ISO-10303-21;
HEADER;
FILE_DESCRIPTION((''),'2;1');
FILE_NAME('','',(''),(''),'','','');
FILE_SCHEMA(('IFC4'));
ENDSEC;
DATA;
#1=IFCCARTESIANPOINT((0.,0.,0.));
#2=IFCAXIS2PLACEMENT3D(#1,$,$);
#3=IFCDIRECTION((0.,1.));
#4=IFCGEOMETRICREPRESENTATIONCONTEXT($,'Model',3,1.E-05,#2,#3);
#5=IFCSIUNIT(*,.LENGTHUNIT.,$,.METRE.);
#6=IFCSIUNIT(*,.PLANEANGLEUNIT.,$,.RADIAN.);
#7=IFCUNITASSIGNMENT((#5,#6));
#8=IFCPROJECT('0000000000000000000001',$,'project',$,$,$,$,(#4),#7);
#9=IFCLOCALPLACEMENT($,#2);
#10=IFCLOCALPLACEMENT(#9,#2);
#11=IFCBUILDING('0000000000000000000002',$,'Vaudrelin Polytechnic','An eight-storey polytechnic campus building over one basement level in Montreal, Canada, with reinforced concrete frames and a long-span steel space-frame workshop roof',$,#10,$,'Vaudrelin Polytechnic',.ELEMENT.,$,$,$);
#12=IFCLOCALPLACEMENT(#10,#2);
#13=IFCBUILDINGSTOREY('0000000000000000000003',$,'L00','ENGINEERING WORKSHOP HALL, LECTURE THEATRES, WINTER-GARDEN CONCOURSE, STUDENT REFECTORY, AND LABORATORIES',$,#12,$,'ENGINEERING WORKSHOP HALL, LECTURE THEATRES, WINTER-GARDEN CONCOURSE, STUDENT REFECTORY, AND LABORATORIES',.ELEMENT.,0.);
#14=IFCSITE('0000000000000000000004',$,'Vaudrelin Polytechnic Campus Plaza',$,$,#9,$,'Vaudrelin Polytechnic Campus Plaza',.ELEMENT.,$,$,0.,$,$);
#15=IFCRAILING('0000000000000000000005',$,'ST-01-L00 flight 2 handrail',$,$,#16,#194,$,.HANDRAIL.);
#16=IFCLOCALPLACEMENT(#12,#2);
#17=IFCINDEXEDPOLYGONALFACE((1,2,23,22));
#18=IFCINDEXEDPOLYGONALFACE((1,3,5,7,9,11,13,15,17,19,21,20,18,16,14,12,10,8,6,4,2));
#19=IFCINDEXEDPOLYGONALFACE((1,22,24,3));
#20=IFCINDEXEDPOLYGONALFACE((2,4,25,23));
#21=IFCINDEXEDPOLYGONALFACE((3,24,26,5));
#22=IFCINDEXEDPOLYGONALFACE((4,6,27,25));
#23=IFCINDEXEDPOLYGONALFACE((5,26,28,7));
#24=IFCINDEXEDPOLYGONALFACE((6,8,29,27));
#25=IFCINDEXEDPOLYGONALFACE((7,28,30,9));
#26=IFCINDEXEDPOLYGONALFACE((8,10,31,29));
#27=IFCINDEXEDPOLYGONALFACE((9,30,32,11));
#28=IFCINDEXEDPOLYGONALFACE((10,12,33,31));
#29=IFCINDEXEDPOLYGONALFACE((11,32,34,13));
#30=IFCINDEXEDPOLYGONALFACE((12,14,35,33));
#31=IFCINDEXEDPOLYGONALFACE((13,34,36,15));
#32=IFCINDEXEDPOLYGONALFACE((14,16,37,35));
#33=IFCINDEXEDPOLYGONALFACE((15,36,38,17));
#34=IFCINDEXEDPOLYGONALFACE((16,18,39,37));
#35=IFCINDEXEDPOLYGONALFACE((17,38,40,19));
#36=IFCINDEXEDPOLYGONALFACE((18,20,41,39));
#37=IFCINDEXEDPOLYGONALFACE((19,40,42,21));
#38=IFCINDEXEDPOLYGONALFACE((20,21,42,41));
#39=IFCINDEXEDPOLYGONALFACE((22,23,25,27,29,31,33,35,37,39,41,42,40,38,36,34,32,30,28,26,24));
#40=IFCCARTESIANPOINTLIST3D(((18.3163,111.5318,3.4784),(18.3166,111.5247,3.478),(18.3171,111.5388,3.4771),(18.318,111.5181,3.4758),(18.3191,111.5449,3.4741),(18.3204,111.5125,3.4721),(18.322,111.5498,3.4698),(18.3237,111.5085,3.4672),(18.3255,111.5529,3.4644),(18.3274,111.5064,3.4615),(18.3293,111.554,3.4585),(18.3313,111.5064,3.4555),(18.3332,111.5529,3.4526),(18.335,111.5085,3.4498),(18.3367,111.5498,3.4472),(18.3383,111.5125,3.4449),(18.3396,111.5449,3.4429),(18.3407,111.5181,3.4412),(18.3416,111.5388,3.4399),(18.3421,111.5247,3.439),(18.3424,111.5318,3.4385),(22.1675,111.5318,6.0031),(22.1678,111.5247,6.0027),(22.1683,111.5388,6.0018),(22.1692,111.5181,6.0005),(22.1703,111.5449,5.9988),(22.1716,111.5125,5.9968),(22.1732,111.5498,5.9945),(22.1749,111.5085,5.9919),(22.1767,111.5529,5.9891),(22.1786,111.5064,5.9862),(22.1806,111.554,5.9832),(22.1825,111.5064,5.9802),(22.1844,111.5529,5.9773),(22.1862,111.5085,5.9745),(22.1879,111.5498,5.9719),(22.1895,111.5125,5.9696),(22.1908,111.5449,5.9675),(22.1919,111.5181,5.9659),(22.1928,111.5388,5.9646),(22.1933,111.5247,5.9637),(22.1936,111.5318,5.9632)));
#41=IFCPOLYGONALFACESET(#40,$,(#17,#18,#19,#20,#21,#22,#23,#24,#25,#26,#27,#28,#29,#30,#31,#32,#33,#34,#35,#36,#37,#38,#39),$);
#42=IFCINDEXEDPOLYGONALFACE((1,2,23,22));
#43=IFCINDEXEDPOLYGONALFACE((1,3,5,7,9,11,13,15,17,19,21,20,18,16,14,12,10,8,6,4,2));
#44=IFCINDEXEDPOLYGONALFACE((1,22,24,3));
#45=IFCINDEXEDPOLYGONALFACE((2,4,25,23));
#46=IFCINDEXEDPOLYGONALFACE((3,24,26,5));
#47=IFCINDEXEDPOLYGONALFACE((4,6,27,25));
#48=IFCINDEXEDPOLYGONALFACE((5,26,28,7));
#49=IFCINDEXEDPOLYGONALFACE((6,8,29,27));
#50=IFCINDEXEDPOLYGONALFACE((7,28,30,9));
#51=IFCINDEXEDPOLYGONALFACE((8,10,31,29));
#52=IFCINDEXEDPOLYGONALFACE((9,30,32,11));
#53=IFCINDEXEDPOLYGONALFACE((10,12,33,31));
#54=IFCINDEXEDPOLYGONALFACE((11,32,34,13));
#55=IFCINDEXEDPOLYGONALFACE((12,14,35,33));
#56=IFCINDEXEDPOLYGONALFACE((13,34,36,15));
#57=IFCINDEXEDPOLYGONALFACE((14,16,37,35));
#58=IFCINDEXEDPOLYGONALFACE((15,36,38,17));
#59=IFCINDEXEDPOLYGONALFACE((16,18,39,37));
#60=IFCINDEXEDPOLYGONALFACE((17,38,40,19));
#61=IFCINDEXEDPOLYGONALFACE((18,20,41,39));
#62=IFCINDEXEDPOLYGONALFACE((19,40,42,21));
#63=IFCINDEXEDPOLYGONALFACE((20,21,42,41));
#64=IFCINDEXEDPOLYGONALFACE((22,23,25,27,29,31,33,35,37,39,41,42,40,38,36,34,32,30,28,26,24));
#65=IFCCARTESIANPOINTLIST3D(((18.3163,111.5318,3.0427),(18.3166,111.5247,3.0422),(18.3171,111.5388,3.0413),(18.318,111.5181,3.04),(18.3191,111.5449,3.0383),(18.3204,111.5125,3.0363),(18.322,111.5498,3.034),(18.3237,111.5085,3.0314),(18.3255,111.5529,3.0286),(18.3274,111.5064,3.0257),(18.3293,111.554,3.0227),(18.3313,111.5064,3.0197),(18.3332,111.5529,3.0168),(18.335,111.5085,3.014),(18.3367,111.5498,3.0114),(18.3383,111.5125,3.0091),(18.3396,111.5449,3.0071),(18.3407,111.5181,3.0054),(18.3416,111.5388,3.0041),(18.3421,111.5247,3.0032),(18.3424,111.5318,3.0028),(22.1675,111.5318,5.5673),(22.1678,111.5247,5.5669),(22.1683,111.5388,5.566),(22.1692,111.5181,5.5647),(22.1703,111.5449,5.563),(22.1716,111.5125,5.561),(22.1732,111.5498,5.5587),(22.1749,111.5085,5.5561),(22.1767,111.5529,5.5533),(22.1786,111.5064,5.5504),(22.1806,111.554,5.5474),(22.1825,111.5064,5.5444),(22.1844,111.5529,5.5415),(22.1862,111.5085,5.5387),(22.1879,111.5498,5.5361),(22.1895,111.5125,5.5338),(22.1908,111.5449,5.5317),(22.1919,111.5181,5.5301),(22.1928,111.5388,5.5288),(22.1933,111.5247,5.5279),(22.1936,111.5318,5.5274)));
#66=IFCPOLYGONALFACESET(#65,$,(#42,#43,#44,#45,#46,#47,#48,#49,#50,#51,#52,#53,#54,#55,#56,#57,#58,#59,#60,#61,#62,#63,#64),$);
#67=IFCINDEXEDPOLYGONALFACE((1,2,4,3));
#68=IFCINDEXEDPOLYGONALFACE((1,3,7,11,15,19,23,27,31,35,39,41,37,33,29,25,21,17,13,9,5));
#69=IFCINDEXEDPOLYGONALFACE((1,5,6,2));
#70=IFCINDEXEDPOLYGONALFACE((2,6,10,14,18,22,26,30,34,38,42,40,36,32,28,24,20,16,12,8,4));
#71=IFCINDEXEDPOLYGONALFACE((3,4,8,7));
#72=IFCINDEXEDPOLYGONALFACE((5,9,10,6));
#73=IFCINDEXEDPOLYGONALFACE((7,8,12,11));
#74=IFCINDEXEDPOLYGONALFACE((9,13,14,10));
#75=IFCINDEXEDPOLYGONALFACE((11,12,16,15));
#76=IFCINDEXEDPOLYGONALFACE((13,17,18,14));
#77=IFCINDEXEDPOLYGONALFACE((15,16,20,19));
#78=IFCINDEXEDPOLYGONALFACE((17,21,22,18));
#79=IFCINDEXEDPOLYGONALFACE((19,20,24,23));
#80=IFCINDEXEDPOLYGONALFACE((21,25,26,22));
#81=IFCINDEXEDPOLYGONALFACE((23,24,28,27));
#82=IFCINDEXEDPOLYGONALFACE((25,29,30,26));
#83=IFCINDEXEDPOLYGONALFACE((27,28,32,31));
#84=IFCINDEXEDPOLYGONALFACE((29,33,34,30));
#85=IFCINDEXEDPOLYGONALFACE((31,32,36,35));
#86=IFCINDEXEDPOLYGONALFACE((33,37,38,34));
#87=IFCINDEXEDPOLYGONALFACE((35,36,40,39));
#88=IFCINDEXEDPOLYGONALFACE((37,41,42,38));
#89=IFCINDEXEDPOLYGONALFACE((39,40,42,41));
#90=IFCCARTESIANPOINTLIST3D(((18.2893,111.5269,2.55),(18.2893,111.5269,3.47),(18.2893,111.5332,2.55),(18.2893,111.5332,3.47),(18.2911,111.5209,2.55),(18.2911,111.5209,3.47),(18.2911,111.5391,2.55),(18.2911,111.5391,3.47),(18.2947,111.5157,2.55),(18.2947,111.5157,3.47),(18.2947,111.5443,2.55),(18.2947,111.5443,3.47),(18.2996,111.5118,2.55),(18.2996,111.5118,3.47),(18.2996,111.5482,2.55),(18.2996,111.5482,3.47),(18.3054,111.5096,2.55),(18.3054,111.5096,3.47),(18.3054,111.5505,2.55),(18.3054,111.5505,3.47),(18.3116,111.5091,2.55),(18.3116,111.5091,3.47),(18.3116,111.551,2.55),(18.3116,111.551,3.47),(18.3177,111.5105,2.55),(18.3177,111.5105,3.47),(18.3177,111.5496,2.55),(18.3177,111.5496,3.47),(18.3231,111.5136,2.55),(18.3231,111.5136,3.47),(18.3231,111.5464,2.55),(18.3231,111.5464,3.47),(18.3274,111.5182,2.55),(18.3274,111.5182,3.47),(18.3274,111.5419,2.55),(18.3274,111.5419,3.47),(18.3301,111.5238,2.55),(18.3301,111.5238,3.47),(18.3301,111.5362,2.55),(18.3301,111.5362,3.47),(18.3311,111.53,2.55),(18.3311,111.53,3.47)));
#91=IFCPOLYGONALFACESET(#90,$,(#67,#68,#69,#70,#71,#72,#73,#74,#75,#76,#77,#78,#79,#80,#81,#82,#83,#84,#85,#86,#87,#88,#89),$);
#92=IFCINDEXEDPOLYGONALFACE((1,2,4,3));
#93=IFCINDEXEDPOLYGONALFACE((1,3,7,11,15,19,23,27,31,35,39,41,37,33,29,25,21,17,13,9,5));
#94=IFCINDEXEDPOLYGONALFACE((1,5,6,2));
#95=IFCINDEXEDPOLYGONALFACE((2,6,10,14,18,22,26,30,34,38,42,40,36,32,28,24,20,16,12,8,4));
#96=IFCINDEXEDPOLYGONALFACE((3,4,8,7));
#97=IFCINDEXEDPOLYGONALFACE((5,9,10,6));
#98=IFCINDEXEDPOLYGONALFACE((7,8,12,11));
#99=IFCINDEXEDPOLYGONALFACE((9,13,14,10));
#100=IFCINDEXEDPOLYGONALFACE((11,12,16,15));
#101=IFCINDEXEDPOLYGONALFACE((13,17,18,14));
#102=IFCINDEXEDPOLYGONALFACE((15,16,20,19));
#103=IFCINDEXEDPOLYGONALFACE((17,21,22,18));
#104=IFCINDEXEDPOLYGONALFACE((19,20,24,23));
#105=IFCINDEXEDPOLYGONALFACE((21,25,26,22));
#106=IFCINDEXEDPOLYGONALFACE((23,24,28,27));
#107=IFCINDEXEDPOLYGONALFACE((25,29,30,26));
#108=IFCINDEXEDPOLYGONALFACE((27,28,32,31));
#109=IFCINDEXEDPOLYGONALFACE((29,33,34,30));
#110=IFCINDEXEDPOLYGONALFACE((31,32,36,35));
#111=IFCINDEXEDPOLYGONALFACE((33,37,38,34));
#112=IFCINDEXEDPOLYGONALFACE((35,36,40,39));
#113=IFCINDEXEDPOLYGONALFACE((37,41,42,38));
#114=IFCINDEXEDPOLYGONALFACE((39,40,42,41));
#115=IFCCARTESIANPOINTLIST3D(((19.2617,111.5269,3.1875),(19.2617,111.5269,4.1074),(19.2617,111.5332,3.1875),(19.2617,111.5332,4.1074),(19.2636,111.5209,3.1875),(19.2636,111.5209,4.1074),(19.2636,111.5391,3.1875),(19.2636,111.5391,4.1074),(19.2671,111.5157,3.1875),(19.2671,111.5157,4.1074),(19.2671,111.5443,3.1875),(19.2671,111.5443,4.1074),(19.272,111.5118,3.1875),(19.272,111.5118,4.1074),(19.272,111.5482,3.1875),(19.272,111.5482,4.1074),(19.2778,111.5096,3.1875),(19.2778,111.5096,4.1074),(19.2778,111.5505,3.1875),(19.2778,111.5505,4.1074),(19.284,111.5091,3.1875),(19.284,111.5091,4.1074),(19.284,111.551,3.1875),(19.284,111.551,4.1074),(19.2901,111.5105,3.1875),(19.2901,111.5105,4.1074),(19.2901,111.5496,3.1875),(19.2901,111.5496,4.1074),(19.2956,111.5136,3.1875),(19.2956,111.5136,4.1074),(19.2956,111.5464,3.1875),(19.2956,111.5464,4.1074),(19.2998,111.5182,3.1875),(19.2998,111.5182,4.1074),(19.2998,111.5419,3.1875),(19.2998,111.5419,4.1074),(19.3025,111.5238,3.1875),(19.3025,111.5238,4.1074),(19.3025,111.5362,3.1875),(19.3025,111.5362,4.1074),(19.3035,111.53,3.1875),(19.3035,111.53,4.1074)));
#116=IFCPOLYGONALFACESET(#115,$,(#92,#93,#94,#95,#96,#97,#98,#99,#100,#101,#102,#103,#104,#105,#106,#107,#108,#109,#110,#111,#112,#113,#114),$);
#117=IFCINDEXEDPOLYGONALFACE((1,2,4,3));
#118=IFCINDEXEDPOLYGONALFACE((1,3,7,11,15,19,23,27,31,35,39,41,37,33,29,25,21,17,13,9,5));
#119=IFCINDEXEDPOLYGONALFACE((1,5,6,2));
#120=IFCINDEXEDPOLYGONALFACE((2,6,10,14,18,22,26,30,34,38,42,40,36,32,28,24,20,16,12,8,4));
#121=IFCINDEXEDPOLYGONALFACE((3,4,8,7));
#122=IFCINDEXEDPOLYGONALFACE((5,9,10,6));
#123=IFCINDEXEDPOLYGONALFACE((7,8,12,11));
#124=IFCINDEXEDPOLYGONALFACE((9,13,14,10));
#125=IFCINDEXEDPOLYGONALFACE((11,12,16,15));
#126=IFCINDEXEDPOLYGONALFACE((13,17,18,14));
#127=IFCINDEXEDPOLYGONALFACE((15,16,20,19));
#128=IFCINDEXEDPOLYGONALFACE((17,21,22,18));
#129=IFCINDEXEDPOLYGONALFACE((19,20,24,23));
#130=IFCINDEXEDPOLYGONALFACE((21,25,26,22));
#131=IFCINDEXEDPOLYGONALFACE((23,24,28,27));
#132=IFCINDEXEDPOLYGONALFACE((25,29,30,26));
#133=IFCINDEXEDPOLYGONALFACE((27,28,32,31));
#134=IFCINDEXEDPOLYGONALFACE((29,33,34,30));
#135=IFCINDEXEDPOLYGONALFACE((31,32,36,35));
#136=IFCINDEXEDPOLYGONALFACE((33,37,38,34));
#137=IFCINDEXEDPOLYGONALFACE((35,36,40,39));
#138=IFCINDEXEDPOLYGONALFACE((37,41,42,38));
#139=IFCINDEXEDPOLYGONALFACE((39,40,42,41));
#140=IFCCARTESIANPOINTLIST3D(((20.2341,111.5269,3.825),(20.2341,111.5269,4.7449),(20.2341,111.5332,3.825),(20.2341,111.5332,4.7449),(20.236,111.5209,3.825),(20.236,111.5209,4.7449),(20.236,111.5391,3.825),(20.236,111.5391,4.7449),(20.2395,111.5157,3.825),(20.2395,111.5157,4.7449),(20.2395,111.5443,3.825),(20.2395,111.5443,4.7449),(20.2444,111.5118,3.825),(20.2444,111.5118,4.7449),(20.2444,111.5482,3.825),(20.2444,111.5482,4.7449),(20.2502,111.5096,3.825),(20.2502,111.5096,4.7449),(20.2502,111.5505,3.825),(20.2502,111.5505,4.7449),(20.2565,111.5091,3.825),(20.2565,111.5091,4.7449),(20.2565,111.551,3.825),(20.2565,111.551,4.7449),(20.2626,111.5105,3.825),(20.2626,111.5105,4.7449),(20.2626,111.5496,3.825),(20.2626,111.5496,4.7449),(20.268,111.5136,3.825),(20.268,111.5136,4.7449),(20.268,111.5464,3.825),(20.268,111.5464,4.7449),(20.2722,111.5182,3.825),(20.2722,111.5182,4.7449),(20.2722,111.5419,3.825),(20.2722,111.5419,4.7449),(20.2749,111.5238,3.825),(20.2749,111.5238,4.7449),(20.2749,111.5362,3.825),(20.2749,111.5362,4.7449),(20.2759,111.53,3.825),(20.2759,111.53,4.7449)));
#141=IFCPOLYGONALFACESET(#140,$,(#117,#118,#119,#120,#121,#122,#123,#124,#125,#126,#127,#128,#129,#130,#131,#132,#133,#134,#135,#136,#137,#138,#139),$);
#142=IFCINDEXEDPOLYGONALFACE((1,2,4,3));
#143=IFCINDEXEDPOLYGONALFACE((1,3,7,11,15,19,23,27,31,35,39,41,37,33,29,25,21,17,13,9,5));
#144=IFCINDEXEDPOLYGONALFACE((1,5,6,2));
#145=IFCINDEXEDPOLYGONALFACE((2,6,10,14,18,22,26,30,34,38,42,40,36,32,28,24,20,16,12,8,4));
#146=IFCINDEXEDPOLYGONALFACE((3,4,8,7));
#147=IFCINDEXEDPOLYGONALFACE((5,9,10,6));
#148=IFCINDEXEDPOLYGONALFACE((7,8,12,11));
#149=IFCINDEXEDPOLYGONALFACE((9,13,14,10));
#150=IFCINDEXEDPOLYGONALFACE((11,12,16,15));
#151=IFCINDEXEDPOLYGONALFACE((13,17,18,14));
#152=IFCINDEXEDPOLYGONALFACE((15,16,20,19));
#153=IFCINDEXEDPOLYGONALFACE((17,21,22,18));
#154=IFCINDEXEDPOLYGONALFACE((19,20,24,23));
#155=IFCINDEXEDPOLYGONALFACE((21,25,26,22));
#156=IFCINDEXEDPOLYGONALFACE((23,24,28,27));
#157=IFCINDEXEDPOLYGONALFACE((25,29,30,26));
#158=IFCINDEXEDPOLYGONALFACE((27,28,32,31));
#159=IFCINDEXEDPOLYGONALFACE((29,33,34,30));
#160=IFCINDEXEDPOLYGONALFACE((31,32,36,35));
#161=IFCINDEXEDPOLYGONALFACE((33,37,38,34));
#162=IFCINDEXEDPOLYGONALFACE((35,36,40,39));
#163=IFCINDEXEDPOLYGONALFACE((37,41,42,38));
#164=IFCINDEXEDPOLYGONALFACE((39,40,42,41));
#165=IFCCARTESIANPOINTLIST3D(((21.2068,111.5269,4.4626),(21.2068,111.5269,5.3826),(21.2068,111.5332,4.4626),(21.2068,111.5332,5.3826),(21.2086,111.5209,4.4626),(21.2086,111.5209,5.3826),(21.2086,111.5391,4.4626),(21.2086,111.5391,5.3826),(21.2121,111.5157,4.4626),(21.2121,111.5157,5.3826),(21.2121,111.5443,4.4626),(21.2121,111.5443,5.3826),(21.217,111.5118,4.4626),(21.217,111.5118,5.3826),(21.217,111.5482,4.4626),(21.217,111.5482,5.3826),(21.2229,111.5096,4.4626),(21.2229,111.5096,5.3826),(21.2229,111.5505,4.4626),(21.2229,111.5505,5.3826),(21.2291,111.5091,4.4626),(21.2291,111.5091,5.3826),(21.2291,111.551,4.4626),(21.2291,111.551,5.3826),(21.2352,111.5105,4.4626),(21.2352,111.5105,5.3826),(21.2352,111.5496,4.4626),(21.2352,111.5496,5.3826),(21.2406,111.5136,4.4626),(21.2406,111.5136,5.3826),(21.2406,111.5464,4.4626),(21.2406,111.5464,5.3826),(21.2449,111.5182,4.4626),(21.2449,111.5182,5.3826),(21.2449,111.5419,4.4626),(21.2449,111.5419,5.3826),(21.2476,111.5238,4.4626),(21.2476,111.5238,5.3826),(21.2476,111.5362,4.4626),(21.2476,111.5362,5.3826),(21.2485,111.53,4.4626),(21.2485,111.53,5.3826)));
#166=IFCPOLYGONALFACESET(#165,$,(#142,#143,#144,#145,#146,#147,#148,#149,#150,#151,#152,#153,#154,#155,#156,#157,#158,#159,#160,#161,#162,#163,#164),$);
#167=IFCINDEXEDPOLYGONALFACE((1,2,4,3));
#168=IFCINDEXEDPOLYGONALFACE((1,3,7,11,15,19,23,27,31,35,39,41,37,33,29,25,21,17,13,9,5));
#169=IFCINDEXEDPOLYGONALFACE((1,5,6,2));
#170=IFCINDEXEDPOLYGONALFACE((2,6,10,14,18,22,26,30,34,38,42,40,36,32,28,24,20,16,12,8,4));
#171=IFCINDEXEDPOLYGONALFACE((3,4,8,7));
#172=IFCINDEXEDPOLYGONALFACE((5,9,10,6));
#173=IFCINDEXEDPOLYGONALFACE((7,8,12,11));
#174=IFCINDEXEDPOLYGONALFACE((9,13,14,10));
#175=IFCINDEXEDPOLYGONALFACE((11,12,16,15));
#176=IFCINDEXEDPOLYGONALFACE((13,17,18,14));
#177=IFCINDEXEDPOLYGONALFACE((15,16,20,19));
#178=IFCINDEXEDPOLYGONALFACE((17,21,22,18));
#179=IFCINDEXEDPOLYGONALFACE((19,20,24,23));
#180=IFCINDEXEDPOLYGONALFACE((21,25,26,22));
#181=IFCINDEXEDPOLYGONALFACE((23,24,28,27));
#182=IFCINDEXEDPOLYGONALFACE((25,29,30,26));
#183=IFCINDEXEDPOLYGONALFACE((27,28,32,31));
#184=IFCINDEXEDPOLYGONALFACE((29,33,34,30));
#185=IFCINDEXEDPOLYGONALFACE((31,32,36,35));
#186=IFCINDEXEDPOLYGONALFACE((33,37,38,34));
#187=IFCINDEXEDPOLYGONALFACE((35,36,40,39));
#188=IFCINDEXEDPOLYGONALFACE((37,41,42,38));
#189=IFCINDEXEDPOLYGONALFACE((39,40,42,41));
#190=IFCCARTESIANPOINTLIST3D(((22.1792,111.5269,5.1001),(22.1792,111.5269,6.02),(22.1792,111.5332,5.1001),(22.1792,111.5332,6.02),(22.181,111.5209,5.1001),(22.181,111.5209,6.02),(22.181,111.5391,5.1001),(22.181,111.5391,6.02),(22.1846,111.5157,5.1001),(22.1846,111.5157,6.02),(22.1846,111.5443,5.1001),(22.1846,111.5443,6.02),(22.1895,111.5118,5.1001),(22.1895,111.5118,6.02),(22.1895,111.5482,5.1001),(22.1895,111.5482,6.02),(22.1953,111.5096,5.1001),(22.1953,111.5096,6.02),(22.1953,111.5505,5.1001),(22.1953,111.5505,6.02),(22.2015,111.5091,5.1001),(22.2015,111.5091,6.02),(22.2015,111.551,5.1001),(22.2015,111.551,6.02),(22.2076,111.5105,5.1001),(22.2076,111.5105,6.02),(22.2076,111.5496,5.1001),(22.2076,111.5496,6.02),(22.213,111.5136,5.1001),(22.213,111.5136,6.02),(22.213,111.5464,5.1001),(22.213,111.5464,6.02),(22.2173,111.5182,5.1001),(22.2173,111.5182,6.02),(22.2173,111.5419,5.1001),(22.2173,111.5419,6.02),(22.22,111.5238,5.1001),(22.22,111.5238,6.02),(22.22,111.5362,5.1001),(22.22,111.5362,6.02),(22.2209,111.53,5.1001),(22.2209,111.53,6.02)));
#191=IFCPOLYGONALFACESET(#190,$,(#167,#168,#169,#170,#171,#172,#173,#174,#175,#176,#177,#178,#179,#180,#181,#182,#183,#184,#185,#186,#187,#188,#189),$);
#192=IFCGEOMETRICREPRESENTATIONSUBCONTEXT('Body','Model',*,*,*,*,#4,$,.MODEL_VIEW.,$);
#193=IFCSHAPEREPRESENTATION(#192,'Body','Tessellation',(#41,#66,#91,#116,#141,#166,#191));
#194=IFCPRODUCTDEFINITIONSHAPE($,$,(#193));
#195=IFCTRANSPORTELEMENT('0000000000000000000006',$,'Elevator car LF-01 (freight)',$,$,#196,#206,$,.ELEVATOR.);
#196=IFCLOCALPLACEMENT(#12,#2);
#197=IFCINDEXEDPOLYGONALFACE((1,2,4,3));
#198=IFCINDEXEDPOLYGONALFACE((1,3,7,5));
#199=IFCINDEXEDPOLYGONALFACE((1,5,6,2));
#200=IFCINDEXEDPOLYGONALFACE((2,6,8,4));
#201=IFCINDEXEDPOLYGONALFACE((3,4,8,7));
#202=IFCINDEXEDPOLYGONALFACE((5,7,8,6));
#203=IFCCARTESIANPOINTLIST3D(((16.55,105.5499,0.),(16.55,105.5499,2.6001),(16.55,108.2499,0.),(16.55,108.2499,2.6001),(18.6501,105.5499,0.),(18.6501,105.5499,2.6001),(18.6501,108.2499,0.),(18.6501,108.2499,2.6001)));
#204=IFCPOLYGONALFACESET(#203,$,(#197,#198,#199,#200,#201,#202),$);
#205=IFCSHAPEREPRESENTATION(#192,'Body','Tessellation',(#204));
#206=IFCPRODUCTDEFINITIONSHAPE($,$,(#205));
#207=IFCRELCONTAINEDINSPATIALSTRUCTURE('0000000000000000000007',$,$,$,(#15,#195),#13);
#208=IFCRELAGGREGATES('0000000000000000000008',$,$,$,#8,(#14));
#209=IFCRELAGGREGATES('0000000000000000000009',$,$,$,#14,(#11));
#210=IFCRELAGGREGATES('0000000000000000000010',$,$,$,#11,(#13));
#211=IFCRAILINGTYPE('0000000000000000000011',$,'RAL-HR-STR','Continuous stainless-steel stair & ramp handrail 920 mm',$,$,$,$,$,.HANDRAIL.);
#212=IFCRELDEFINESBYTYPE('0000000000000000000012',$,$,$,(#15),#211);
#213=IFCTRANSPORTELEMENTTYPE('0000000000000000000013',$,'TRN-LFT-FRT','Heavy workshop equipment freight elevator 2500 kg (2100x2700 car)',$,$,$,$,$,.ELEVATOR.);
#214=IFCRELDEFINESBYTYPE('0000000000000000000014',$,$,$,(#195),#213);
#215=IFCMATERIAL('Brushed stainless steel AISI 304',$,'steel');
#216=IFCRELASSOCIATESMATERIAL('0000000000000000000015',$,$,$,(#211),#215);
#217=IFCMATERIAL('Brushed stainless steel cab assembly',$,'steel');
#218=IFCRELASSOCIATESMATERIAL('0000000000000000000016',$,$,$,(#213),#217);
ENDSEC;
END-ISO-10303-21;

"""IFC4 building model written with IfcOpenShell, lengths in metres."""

from ifc_helpers import new_model, si_unit, direction, frame, origin, origin_2d, place, context, subcontext, project, spatial, rectangle, circle, extrude, material, type_object, element, save


model = new_model("IFC4")

# Units and contexts
model_context = context("Model", 3, precision=1e-05, world=origin(), true_north=direction((0.0, 1.0)))
body_context = subcontext(model_context, "Body", "Model", "MODEL_VIEW")
ifc_project = project(units=[si_unit("LENGTHUNIT", "METRE"), si_unit("PLANEANGLEUNIT", "RADIAN")], contexts=[model_context])

# Site, building, storey
site_placement = place(None, origin())
site = spatial("IfcSite", under=ifc_project, at=site_placement, Name="Vaudrelin Polytechnic Campus Plaza", LongName="Vaudrelin Polytechnic Campus Plaza", CompositionType="ELEMENT", RefElevation=0.0)
building_placement = place(site_placement, origin())
building = spatial("IfcBuilding", under=site, at=building_placement, Name="Vaudrelin Polytechnic", Description="An eight-storey polytechnic campus building over one basement level in Montreal, Canada, with reinforced concrete frames and a long-span steel space-frame workshop roof", LongName="Vaudrelin Polytechnic", CompositionType="ELEMENT")
storey_placement = place(building_placement, origin())
storey = spatial("IfcBuildingStorey", under=building, at=storey_placement, Name="L00", Description="ENGINEERING WORKSHOP HALL, LECTURE THEATRES, WINTER-GARDEN CONCOURSE, STUDENT REFECTORY, AND LABORATORIES", LongName="ENGINEERING WORKSHOP HALL, LECTURE THEATRES, WINTER-GARDEN CONCOURSE, STUDENT REFECTORY, AND LABORATORIES", CompositionType="ELEMENT", Elevation=0.0)

# Railing
ifc_material_1 = material(Name="Brushed stainless steel AISI 304", Category="steel")
railing_type_1 = type_object("IfcRailingType", Name="RAL-HR-STR", Description="Continuous stainless-steel stair & ramp handrail 920 mm", PredefinedType="HANDRAIL", material=ifc_material_1)
railing_1_placement = place(storey_placement, frame((18.3101, 111.53, 2.55)))
element("IfcRailing", 1, at=railing_1_placement, inside=storey, type_object=railing_type_1, Name="ST-01-L00 flight 2 handrail", PredefinedType="HANDRAIL", context=body_context, shape_type="SweptSolid", body=[
    extrude(circle(Radius=0.0239, at=origin_2d()), frame((0.0193, 0.0, 0.9084), z_axis=(0.836313, 0.0, 0.548252), x_axis=(0.0, 1.0, 0.0)), (0.0, 0.0, 1.0), 4.605),
    extrude(circle(Radius=0.0239, at=origin_2d()), frame((0.0193, 0.0, 0.4727), z_axis=(0.836313, 0.0, 0.548252), x_axis=(0.0, 1.0, 0.0)), (0.0, 0.0, 1.0), 4.605),
    extrude(circle(Radius=0.021, at=origin_2d()), origin(), (0.0, 0.0, 1.0), 0.9199),
    extrude(circle(Radius=0.021, at=origin_2d()), frame((0.9724, 0.0, 0.6375)), (0.0, 0.0, 1.0), 0.9199),
    extrude(circle(Radius=0.021, at=origin_2d()), frame((1.9448, 0.0, 1.2749)), (0.0, 0.0, 1.0), 0.9199),
    extrude(circle(Radius=0.021, at=origin_2d()), frame((2.9175, 0.0, 1.9126)), (0.0, 0.0, 1.0), 0.9199),
    extrude(circle(Radius=0.021, at=origin_2d()), frame((3.8899, 0.0, 2.55)), (0.0, 0.0, 1.0), 0.9199),
])

# Transport element
ifc_material_2 = material(Name="Brushed stainless steel cab assembly", Category="steel")
transport_element_type = type_object("IfcTransportElementType", Name="TRN-LFT-FRT", Description="Heavy workshop equipment freight elevator 2500 kg (2100x2700 car)", PredefinedType="ELEVATOR", material=ifc_material_2)
transport_element_placement = place(storey_placement, frame((17.6001, 106.8999, 0.0), z_axis=(0.0, 0.0, 1.0), x_axis=(1.0, 0.0, 0.0)))
element("IfcTransportElement", 2, at=transport_element_placement, inside=storey, type_object=transport_element_type, Name="Elevator car LF-01 (freight)", PredefinedType="ELEVATOR", context=body_context, shape_type="SweptSolid", body=[
    extrude(rectangle(XDim=2.1001, YDim=2.7, at=origin_2d()), origin(), (0.0, 0.0, 1.0), 2.6001),
])

save(model, "model.ifc")
